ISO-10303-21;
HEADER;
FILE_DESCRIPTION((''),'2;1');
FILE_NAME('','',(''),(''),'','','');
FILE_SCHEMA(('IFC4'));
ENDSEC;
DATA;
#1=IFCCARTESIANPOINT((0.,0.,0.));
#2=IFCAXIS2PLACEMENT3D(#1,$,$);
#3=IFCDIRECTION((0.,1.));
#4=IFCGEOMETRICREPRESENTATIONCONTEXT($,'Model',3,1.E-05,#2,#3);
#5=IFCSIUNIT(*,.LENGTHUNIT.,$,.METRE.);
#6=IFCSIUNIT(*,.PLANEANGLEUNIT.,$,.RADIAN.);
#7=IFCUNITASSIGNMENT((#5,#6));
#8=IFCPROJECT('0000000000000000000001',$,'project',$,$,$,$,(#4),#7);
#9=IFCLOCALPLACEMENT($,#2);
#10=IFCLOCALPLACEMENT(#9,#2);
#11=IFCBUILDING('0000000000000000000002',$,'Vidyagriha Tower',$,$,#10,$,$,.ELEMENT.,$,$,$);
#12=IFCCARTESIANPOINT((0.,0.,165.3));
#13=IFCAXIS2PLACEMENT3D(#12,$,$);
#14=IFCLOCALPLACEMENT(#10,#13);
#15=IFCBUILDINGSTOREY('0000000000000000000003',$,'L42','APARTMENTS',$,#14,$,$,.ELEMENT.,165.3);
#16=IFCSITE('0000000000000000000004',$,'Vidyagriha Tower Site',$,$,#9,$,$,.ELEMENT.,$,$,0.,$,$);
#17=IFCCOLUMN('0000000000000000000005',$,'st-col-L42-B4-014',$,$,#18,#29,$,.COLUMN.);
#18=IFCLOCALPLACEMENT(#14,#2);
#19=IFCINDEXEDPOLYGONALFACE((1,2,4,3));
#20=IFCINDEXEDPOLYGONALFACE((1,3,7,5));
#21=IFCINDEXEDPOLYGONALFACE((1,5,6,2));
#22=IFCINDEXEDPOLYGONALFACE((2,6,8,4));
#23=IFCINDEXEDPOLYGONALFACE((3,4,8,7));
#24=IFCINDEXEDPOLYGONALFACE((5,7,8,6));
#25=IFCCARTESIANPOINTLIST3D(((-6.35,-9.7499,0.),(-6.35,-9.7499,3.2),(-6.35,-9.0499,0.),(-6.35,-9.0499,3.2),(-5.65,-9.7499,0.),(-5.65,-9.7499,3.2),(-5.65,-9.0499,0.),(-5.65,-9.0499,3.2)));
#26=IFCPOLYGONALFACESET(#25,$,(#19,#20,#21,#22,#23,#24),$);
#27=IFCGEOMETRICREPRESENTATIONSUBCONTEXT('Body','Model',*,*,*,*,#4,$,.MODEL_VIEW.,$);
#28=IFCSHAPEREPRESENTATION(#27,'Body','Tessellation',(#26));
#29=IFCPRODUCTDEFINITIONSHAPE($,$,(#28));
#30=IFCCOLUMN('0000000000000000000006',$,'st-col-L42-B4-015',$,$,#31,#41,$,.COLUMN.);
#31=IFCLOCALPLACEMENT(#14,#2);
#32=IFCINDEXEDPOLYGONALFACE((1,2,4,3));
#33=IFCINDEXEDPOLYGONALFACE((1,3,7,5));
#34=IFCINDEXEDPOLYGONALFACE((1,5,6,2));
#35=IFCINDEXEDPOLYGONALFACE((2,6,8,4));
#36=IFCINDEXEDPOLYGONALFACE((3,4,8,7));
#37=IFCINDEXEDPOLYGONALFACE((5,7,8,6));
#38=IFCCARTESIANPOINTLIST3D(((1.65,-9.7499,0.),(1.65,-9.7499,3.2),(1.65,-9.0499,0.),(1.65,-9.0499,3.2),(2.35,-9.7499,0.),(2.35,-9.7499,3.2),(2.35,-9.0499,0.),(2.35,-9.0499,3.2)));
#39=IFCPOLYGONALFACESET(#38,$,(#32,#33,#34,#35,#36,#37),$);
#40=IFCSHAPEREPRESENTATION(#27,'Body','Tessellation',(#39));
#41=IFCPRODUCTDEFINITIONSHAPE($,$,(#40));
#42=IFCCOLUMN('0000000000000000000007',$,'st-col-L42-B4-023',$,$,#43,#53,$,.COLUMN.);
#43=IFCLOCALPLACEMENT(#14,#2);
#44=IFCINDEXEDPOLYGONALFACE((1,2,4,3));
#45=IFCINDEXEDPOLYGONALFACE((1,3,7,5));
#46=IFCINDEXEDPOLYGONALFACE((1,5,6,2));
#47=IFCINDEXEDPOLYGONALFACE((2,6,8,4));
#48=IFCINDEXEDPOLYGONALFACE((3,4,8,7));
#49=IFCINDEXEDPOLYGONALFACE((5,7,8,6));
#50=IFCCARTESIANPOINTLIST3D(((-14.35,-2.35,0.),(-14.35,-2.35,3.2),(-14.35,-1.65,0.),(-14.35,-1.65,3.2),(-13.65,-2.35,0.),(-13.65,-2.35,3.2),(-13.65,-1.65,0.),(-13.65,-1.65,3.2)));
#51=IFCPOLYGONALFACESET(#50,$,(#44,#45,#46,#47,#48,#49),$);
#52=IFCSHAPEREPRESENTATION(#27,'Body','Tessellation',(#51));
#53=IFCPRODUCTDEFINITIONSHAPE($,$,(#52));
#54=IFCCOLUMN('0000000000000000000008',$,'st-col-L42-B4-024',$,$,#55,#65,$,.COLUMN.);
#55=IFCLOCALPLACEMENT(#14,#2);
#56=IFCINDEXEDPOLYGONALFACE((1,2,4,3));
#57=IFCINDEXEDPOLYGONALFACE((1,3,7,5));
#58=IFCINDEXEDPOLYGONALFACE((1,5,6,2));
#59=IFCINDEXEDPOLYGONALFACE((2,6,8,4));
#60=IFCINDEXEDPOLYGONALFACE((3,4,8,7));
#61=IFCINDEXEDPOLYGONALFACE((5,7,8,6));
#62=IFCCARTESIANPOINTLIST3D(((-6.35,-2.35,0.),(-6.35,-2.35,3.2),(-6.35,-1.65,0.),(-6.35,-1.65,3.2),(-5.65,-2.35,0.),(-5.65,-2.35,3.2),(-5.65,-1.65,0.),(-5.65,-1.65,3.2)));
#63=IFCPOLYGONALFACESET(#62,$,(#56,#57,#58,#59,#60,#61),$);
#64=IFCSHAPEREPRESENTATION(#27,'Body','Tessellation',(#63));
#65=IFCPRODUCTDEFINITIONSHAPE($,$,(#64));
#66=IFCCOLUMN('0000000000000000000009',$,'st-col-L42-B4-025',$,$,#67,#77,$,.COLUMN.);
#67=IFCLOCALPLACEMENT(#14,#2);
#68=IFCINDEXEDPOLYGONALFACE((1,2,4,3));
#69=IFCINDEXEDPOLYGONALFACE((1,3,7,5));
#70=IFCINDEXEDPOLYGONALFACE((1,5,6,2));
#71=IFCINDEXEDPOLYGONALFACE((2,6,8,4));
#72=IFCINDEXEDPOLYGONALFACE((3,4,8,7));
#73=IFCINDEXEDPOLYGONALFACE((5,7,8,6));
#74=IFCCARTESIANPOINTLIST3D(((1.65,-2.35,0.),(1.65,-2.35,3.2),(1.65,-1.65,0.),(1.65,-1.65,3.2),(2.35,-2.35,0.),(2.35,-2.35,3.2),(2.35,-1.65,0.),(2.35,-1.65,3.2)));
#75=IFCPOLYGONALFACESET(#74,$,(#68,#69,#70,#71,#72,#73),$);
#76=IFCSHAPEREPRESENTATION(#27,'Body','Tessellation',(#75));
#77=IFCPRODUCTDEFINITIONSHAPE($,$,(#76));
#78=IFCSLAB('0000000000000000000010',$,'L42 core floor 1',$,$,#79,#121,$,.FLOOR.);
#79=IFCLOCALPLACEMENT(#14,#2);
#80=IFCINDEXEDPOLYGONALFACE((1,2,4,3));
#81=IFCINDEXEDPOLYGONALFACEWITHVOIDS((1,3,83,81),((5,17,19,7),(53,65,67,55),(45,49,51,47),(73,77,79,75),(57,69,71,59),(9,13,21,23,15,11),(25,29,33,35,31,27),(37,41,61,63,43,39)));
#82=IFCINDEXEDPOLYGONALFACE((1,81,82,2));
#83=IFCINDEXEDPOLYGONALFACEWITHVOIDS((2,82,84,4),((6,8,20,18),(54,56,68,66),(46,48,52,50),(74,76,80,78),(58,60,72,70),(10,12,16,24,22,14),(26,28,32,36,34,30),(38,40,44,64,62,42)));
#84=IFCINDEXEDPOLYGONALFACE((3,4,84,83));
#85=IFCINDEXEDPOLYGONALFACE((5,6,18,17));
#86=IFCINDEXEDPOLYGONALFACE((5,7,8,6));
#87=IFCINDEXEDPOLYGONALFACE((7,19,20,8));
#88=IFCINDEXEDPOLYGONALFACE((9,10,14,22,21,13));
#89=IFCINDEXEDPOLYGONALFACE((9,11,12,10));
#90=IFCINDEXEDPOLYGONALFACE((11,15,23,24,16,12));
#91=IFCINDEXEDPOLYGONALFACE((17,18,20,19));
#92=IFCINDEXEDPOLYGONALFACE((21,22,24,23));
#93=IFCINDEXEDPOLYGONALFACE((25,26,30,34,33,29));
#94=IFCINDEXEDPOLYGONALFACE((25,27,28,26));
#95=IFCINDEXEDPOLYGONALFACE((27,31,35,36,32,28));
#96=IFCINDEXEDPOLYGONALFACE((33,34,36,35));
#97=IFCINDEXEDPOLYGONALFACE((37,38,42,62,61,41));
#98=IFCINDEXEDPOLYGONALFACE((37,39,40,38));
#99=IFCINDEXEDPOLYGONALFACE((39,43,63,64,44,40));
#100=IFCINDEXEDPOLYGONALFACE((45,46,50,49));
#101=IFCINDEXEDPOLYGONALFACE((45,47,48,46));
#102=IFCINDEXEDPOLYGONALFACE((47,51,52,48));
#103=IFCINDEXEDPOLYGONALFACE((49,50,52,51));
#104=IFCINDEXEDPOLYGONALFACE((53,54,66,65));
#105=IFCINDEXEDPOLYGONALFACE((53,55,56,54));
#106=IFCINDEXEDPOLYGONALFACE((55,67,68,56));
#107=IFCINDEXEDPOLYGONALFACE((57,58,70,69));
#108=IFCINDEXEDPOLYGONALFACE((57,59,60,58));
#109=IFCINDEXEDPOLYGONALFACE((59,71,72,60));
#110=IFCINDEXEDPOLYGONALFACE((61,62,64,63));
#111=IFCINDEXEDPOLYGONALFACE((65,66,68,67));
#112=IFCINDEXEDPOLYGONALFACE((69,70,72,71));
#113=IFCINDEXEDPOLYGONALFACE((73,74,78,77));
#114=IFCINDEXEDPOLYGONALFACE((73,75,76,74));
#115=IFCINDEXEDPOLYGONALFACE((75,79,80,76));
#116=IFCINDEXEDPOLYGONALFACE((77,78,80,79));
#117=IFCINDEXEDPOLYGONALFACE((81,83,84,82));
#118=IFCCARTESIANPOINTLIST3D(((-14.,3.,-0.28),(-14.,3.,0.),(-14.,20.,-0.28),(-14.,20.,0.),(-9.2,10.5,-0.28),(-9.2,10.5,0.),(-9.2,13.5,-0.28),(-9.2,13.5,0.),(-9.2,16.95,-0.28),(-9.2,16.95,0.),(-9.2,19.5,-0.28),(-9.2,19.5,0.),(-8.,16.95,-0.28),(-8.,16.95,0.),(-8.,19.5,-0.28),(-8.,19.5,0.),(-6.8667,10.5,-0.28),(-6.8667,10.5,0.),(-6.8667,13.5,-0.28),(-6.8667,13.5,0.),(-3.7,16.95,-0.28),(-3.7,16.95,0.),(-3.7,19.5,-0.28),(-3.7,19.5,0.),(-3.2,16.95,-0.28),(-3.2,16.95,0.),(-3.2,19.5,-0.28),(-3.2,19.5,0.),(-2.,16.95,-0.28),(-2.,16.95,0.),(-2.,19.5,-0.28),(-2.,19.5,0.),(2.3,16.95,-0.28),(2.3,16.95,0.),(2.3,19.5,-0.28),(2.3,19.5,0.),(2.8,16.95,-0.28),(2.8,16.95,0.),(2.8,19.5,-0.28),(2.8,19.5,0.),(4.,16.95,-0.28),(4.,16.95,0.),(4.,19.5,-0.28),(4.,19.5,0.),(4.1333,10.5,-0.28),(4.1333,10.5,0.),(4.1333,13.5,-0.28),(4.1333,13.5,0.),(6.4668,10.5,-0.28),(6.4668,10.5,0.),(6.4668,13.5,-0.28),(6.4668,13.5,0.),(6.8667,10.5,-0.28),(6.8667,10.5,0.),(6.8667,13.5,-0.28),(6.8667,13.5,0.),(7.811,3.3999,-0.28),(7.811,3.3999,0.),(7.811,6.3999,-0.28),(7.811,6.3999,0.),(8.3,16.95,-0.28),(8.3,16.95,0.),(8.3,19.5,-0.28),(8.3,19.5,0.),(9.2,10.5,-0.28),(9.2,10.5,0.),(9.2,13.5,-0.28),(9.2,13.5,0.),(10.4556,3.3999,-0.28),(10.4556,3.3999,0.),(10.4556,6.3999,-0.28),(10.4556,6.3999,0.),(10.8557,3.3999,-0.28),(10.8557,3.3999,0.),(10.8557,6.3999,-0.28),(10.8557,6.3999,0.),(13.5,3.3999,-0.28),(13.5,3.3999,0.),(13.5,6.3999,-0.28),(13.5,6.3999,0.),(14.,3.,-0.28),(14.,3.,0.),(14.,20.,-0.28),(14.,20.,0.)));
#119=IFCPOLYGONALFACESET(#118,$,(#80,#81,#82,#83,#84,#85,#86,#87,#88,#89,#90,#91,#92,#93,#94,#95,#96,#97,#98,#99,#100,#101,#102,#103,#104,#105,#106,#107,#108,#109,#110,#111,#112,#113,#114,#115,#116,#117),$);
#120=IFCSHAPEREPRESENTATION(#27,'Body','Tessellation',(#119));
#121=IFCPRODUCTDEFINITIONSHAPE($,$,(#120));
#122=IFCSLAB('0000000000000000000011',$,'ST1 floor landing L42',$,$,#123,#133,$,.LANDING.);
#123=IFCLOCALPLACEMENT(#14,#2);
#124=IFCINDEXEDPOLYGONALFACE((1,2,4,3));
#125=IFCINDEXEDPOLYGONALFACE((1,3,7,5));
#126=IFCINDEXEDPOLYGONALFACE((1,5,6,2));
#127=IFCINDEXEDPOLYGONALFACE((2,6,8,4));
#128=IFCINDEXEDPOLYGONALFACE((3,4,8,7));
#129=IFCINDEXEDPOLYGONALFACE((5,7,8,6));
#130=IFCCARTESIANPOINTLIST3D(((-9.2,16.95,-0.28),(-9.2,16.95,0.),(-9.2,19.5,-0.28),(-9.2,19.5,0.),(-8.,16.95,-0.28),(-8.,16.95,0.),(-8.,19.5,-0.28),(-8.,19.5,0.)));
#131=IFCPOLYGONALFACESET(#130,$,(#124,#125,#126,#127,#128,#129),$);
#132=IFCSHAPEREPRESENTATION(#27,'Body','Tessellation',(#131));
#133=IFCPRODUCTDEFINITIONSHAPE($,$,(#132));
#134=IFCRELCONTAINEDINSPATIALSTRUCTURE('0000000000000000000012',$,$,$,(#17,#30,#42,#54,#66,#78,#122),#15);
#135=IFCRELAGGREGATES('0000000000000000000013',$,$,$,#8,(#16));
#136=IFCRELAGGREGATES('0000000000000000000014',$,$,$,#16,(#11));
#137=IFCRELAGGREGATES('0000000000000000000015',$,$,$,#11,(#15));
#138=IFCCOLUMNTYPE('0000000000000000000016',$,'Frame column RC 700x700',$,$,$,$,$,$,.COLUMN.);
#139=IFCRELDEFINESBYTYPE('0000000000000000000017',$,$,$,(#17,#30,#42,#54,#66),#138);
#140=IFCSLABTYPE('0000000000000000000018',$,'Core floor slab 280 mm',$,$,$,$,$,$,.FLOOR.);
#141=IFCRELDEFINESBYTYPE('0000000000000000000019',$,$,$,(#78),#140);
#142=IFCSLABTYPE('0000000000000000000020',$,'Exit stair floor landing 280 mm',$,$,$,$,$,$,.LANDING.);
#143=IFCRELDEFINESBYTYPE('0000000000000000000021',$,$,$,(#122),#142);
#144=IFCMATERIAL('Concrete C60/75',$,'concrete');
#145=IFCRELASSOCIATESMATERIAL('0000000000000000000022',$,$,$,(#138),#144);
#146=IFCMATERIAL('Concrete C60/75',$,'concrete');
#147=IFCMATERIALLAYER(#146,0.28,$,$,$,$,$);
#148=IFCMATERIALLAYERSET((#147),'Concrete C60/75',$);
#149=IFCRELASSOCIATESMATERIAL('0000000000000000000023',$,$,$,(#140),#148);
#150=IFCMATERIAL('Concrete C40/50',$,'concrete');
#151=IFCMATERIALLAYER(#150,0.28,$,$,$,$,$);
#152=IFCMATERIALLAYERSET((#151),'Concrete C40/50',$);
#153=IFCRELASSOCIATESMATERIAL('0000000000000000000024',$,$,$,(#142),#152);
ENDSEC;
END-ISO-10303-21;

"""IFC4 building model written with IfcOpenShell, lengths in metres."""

from ifc_helpers import new_model, si_unit, direction, frame, origin, origin_2d, place, context, subcontext, project, spatial, polyline, rectangle, outline, extrude, material, layer, layer_set, material_profile, profile_set, type_object, element, save


model = new_model("IFC4")

# Units and contexts
model_context = context("Model", 3, precision=1e-05, world=origin(), true_north=direction((0.0, 1.0)))
body_context = subcontext(model_context, "Body", "Model", "MODEL_VIEW")
ifc_project = project(units=[si_unit("LENGTHUNIT", "METRE"), si_unit("PLANEANGLEUNIT", "RADIAN")], contexts=[model_context])

# Site, building, storey
site_placement = place(None, origin())
site = spatial("IfcSite", under=ifc_project, at=site_placement, Name="Vidyagriha Tower Site", CompositionType="ELEMENT", RefElevation=0.0)
building_placement = place(site_placement, origin())
building = spatial("IfcBuilding", under=site, at=building_placement, Name="Vidyagriha Tower", CompositionType="ELEMENT")
storey_placement = place(building_placement, frame((0.0, 0.0, 165.3)))
storey = spatial("IfcBuildingStorey", under=building, at=storey_placement, Name="L42", Description="APARTMENTS", CompositionType="ELEMENT", Elevation=165.3)

# Columns
ifc_material_1 = material(Name="Concrete C60/75", Category="concrete")
ifc_material_profile = material_profile(ifc_material_1, rectangle(XDim=0.7, YDim=0.7, at=origin_2d()), Name="RC 700x700")
ifc_profile_set = profile_set([ifc_material_profile], Name="Concrete C60/75")
column_type = type_object("IfcColumnType", Name="Frame column RC 700x700", PredefinedType="COLUMN", material=ifc_profile_set)
for number, where, name in (
    (1, (-6.0, -9.3999, 0.0), "st-col-L42-B4-014"),
    (2, (2.0, -9.3999, 0.0), "st-col-L42-B4-015"),
    (3, (-14.0, -2.0, 0.0), "st-col-L42-B4-023"),
    (4, (-6.0, -2.0, 0.0), "st-col-L42-B4-024"),
    (5, (2.0, -2.0, 0.0), "st-col-L42-B4-025"),
):
    element("IfcColumn", number, at=place(storey_placement, frame(where)), inside=storey, type_object=column_type, Name=name, PredefinedType="COLUMN", context=body_context, shape_type="SweptSolid", body=[
        extrude(rectangle(XDim=0.7, YDim=0.7, at=origin_2d()), origin(), (0.0, 0.0, 1.0), 3.2),
    ])

# Slabs
ifc_material_2 = material(Name="Concrete C60/75", Category="concrete")
ifc_layer_1 = layer(ifc_material_2, 0.28)
ifc_layer_set_1 = layer_set([ifc_layer_1], Name="Concrete C60/75")
slab_type_1 = type_object("IfcSlabType", Name="Core floor slab 280 mm", PredefinedType="FLOOR", material=ifc_layer_set_1)
slab_1_placement = place(storey_placement, frame((0.0, 0.0, -0.28)))
element("IfcSlab", 6, at=slab_1_placement, inside=storey, type_object=slab_type_1, Name="L42 core floor 1", PredefinedType="FLOOR", context=body_context, shape_type="SweptSolid", body=[
    extrude(outline(polyline([(-14.0, 3.0), (-14.0, 20.0), (14.0, 20.0), (14.0, 3.0), (-14.0, 3.0)]), holes=[polyline([(13.5, 6.3999), (10.8557, 6.3999), (10.8557, 3.3999), (13.5, 3.3999), (13.5, 6.3999)]), polyline([(10.4556, 6.3999), (7.811, 6.3999), (7.811, 3.3999), (10.4556, 3.3999), (10.4556, 6.3999)]), polyline([(9.2, 13.5), (6.8667, 13.5), (6.8667, 10.5), (9.2, 10.5), (9.2, 13.5)]), polyline([(2.8, 19.5), (2.8, 16.95), (4.0, 16.95), (8.3, 16.95), (8.3, 19.5), (4.0, 19.5), (2.8, 19.5)]), polyline([(4.1333, 13.5), (4.1333, 10.5), (6.4668, 10.5), (6.4668, 13.5), (4.1333, 13.5)]), polyline([(-2.0, 19.5), (-3.2, 19.5), (-3.2, 16.95), (-2.0, 16.95), (2.3, 16.95), (2.3, 19.5), (-2.0, 19.5)]), polyline([(-9.2, 19.5), (-9.2, 16.95), (-8.0, 16.95), (-3.7, 16.95), (-3.7, 19.5), (-8.0, 19.5), (-9.2, 19.5)]), polyline([(-9.2, 13.5), (-9.2, 10.5), (-6.8667, 10.5), (-6.8667, 13.5), (-9.2, 13.5)])]), origin(), (0.0, 0.0, 1.0), 0.28),
])
ifc_material_3 = material(Name="Concrete C40/50", Category="concrete")
ifc_layer_2 = layer(ifc_material_3, 0.28)
ifc_layer_set_2 = layer_set([ifc_layer_2], Name="Concrete C40/50")
slab_type_2 = type_object("IfcSlabType", Name="Exit stair floor landing 280 mm", PredefinedType="LANDING", material=ifc_layer_set_2)
slab_2_placement = place(storey_placement, frame((0.0, 0.0, -0.28)))
element("IfcSlab", 7, at=slab_2_placement, inside=storey, type_object=slab_type_2, Name="ST1 floor landing L42", PredefinedType="LANDING", context=body_context, shape_type="SweptSolid", body=[
    extrude(outline(polyline([(-9.2, 16.95), (-8.0, 16.95), (-8.0, 19.5), (-9.2, 19.5), (-9.2, 16.95)])), origin(), (0.0, 0.0, 1.0), 0.28),
])

save(model, "model.ifc")
